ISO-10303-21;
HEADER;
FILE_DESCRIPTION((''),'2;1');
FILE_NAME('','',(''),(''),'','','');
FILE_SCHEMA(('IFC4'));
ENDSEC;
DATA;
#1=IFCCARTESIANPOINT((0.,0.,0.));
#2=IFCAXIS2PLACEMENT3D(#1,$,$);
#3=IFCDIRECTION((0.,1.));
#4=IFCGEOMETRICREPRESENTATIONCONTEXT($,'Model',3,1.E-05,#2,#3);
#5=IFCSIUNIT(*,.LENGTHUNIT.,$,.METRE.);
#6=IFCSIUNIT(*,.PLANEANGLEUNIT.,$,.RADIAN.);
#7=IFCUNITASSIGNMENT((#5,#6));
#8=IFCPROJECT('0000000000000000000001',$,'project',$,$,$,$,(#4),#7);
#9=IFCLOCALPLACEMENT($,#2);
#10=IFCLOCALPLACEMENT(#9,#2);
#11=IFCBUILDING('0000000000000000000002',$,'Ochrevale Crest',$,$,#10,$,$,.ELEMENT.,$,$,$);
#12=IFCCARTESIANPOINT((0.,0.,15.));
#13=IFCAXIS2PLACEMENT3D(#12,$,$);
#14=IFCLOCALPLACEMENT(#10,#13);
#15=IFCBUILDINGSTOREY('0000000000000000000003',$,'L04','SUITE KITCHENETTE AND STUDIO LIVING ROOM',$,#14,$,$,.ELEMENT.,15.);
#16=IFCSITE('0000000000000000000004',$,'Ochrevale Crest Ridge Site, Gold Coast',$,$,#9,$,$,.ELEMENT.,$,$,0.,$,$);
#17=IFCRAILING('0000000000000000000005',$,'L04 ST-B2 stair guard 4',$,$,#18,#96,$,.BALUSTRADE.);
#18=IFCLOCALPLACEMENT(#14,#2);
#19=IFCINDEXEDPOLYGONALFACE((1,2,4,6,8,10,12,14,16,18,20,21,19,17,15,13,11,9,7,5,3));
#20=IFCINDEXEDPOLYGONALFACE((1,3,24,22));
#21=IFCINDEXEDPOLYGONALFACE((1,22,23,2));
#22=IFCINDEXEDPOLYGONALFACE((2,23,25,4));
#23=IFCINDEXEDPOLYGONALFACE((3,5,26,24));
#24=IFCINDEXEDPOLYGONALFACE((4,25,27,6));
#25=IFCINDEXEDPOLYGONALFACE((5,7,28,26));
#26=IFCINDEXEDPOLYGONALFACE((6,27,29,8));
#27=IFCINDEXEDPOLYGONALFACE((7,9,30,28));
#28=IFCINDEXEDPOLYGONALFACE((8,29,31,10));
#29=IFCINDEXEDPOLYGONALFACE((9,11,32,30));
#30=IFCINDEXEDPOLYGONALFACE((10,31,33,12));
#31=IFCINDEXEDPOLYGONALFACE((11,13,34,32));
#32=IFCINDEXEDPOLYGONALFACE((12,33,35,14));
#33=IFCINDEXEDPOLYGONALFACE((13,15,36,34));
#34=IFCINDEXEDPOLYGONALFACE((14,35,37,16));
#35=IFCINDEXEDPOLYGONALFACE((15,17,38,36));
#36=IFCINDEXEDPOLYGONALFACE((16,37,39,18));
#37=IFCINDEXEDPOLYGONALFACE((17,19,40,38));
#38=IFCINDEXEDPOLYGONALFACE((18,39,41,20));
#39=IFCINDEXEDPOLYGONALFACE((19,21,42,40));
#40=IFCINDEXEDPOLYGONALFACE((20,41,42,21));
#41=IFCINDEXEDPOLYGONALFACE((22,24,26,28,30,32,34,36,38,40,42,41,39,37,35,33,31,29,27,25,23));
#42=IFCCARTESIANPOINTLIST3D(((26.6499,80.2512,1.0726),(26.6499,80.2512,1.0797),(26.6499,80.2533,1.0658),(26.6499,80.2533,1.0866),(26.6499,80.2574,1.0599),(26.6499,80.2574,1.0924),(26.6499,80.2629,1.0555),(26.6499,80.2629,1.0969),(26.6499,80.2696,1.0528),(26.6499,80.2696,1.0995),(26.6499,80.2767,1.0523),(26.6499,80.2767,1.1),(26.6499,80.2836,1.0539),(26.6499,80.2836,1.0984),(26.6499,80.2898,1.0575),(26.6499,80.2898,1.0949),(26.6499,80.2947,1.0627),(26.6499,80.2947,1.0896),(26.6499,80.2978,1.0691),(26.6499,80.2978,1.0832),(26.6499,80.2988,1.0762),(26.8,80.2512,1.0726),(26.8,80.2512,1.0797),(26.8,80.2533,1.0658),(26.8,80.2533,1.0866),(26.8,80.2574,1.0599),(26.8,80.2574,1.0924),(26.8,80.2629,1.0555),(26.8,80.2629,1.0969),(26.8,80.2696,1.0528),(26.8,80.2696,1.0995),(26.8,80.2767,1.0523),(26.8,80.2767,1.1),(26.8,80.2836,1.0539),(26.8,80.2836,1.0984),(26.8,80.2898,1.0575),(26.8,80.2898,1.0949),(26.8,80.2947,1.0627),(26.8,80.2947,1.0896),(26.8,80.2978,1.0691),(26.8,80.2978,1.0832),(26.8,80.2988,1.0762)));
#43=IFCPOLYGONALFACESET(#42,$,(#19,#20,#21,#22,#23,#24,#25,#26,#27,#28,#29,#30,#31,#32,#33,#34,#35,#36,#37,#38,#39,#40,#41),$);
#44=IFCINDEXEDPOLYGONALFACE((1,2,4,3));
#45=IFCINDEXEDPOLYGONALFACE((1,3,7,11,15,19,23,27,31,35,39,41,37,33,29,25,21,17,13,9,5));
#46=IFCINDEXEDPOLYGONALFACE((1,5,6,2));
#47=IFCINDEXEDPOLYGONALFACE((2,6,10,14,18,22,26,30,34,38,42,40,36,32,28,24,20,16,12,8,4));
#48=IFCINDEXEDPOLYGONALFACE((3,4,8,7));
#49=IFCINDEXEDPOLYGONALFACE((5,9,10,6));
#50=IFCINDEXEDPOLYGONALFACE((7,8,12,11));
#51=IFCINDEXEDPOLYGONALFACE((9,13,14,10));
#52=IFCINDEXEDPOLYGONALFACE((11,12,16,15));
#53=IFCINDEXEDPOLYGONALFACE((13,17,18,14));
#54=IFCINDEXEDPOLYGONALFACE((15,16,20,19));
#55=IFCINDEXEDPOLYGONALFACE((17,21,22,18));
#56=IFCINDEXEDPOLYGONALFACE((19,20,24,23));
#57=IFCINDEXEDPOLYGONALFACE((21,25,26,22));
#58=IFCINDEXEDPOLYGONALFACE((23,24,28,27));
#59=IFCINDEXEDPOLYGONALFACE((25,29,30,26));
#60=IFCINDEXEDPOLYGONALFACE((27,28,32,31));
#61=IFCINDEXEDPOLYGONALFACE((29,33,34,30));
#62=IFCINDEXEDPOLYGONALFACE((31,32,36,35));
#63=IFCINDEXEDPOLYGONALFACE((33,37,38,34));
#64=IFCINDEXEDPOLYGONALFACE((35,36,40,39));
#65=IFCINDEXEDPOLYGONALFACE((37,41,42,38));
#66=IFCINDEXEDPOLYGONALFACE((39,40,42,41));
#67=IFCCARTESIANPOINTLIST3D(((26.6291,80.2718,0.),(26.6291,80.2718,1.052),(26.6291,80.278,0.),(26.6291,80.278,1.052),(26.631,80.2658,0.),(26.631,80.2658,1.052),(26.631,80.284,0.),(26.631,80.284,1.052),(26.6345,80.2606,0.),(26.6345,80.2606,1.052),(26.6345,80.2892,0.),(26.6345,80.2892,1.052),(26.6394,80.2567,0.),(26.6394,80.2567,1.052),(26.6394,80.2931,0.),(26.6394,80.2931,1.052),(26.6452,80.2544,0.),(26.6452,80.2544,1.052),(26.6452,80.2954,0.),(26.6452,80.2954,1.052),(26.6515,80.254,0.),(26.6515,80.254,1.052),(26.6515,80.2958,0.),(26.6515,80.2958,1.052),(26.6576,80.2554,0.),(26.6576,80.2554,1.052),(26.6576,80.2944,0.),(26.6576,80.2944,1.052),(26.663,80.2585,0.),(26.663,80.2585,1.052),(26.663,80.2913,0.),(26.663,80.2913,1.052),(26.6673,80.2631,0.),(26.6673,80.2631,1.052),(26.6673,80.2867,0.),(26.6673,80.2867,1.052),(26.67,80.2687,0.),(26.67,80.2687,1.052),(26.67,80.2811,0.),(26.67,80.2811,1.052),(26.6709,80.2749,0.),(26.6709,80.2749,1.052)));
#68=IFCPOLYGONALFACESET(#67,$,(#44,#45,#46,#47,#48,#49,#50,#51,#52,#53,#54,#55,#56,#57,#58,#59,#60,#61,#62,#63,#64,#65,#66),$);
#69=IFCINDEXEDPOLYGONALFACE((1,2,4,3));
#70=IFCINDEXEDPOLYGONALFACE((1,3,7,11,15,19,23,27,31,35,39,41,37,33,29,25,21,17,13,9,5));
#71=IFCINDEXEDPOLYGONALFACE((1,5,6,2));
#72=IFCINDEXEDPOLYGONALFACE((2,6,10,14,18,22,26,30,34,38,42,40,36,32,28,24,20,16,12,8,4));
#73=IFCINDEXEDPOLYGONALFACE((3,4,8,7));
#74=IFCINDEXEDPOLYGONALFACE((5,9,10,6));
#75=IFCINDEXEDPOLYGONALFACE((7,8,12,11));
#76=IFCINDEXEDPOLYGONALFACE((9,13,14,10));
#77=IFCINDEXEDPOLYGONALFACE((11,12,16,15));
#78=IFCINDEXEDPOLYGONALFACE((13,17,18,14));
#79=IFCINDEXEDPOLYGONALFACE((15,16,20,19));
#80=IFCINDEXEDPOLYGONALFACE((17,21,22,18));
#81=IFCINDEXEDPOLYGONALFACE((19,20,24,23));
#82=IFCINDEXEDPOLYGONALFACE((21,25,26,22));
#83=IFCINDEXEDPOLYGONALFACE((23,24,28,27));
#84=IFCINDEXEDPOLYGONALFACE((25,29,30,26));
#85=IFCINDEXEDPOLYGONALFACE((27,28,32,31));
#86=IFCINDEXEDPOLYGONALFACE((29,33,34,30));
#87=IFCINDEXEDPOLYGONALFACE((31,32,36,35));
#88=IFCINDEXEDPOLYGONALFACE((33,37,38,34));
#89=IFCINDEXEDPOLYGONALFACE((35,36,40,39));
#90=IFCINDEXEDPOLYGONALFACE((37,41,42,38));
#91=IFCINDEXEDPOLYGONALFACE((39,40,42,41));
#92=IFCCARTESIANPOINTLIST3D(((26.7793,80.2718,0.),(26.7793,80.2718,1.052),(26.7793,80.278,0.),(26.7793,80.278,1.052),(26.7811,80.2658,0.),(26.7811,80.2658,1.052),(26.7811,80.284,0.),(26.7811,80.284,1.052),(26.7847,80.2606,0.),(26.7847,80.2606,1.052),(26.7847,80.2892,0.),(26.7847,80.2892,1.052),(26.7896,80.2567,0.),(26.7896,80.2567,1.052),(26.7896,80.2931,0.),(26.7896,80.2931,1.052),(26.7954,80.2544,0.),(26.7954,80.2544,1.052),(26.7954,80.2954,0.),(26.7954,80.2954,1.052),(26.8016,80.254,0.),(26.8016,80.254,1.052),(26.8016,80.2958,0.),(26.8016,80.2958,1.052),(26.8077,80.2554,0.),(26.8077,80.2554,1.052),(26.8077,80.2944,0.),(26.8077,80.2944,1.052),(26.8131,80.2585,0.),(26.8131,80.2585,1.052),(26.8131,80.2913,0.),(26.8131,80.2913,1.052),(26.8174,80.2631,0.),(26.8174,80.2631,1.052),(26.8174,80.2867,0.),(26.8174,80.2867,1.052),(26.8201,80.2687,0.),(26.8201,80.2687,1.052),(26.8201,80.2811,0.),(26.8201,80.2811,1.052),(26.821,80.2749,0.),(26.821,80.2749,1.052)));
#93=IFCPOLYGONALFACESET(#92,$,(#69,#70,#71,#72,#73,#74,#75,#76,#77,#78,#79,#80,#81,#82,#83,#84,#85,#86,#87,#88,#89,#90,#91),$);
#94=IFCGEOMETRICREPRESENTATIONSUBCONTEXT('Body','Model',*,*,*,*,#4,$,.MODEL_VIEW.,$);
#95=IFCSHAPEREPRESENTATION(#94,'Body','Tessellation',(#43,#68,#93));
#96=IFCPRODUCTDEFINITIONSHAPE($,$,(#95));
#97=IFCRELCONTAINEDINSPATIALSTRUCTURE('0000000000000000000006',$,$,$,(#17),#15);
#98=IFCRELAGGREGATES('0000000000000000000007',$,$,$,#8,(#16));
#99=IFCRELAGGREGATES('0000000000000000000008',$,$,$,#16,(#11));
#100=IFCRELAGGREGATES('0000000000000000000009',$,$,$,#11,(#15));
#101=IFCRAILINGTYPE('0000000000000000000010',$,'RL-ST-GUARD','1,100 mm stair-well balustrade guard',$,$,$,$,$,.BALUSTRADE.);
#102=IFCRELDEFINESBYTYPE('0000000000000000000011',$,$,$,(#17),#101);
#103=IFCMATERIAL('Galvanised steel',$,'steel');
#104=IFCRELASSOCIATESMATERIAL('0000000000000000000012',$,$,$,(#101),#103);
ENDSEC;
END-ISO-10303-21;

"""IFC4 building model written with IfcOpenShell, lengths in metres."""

from ifc_helpers import new_model, si_unit, direction, frame, origin, origin_2d, place, context, subcontext, project, spatial, circle, extrude, material, type_object, element, save


model = new_model("IFC4")

# Units and contexts
model_context = context("Model", 3, precision=1e-05, world=origin(), true_north=direction((0.0, 1.0)))
body_context = subcontext(model_context, "Body", "Model", "MODEL_VIEW")
ifc_project = project(units=[si_unit("LENGTHUNIT", "METRE"), si_unit("PLANEANGLEUNIT", "RADIAN")], contexts=[model_context])

# Site, building, storey
site_placement = place(None, origin())
site = spatial("IfcSite", under=ifc_project, at=site_placement, Name="Ochrevale Crest Ridge Site, Gold Coast", CompositionType="ELEMENT", RefElevation=0.0)
building_placement = place(site_placement, origin())
building = spatial("IfcBuilding", under=site, at=building_placement, Name="Ochrevale Crest", CompositionType="ELEMENT")
storey_placement = place(building_placement, frame((0.0, 0.0, 15.0)))
storey = spatial("IfcBuildingStorey", under=building, at=storey_placement, Name="L04", Description="SUITE KITCHENETTE AND STUDIO LIVING ROOM", CompositionType="ELEMENT", Elevation=15.0)

# Railing
ifc_material_1 = material(Name="Galvanised steel", Category="steel")
railing_type_1 = type_object("IfcRailingType", Name="RL-ST-GUARD", Description="1,100 mm stair-well balustrade guard", PredefinedType="BALUSTRADE", material=ifc_material_1)
railing_1_placement = place(storey_placement, frame((26.6499, 80.2749, 0.0)))
element("IfcRailing", 1, at=railing_1_placement, inside=storey, type_object=railing_type_1, Name="L04 ST-B2 stair guard 4", PredefinedType="BALUSTRADE", context=body_context, shape_type="SweptSolid", body=[
    extrude(circle(Radius=0.0239, at=origin_2d()), frame((0.0, 0.0, 1.0762), z_axis=(1.0, 0.0, 0.0), x_axis=(0.0, 1.0, 0.0)), (0.0, 0.0, 1.0), 0.1501),
    extrude(circle(Radius=0.021, at=origin_2d()), origin(), (0.0, 0.0, 1.0), 1.052),
    extrude(circle(Radius=0.021, at=origin_2d()), frame((0.1501, 0.0, 0.0)), (0.0, 0.0, 1.0), 1.052),
])

save(model, "model.ifc")
